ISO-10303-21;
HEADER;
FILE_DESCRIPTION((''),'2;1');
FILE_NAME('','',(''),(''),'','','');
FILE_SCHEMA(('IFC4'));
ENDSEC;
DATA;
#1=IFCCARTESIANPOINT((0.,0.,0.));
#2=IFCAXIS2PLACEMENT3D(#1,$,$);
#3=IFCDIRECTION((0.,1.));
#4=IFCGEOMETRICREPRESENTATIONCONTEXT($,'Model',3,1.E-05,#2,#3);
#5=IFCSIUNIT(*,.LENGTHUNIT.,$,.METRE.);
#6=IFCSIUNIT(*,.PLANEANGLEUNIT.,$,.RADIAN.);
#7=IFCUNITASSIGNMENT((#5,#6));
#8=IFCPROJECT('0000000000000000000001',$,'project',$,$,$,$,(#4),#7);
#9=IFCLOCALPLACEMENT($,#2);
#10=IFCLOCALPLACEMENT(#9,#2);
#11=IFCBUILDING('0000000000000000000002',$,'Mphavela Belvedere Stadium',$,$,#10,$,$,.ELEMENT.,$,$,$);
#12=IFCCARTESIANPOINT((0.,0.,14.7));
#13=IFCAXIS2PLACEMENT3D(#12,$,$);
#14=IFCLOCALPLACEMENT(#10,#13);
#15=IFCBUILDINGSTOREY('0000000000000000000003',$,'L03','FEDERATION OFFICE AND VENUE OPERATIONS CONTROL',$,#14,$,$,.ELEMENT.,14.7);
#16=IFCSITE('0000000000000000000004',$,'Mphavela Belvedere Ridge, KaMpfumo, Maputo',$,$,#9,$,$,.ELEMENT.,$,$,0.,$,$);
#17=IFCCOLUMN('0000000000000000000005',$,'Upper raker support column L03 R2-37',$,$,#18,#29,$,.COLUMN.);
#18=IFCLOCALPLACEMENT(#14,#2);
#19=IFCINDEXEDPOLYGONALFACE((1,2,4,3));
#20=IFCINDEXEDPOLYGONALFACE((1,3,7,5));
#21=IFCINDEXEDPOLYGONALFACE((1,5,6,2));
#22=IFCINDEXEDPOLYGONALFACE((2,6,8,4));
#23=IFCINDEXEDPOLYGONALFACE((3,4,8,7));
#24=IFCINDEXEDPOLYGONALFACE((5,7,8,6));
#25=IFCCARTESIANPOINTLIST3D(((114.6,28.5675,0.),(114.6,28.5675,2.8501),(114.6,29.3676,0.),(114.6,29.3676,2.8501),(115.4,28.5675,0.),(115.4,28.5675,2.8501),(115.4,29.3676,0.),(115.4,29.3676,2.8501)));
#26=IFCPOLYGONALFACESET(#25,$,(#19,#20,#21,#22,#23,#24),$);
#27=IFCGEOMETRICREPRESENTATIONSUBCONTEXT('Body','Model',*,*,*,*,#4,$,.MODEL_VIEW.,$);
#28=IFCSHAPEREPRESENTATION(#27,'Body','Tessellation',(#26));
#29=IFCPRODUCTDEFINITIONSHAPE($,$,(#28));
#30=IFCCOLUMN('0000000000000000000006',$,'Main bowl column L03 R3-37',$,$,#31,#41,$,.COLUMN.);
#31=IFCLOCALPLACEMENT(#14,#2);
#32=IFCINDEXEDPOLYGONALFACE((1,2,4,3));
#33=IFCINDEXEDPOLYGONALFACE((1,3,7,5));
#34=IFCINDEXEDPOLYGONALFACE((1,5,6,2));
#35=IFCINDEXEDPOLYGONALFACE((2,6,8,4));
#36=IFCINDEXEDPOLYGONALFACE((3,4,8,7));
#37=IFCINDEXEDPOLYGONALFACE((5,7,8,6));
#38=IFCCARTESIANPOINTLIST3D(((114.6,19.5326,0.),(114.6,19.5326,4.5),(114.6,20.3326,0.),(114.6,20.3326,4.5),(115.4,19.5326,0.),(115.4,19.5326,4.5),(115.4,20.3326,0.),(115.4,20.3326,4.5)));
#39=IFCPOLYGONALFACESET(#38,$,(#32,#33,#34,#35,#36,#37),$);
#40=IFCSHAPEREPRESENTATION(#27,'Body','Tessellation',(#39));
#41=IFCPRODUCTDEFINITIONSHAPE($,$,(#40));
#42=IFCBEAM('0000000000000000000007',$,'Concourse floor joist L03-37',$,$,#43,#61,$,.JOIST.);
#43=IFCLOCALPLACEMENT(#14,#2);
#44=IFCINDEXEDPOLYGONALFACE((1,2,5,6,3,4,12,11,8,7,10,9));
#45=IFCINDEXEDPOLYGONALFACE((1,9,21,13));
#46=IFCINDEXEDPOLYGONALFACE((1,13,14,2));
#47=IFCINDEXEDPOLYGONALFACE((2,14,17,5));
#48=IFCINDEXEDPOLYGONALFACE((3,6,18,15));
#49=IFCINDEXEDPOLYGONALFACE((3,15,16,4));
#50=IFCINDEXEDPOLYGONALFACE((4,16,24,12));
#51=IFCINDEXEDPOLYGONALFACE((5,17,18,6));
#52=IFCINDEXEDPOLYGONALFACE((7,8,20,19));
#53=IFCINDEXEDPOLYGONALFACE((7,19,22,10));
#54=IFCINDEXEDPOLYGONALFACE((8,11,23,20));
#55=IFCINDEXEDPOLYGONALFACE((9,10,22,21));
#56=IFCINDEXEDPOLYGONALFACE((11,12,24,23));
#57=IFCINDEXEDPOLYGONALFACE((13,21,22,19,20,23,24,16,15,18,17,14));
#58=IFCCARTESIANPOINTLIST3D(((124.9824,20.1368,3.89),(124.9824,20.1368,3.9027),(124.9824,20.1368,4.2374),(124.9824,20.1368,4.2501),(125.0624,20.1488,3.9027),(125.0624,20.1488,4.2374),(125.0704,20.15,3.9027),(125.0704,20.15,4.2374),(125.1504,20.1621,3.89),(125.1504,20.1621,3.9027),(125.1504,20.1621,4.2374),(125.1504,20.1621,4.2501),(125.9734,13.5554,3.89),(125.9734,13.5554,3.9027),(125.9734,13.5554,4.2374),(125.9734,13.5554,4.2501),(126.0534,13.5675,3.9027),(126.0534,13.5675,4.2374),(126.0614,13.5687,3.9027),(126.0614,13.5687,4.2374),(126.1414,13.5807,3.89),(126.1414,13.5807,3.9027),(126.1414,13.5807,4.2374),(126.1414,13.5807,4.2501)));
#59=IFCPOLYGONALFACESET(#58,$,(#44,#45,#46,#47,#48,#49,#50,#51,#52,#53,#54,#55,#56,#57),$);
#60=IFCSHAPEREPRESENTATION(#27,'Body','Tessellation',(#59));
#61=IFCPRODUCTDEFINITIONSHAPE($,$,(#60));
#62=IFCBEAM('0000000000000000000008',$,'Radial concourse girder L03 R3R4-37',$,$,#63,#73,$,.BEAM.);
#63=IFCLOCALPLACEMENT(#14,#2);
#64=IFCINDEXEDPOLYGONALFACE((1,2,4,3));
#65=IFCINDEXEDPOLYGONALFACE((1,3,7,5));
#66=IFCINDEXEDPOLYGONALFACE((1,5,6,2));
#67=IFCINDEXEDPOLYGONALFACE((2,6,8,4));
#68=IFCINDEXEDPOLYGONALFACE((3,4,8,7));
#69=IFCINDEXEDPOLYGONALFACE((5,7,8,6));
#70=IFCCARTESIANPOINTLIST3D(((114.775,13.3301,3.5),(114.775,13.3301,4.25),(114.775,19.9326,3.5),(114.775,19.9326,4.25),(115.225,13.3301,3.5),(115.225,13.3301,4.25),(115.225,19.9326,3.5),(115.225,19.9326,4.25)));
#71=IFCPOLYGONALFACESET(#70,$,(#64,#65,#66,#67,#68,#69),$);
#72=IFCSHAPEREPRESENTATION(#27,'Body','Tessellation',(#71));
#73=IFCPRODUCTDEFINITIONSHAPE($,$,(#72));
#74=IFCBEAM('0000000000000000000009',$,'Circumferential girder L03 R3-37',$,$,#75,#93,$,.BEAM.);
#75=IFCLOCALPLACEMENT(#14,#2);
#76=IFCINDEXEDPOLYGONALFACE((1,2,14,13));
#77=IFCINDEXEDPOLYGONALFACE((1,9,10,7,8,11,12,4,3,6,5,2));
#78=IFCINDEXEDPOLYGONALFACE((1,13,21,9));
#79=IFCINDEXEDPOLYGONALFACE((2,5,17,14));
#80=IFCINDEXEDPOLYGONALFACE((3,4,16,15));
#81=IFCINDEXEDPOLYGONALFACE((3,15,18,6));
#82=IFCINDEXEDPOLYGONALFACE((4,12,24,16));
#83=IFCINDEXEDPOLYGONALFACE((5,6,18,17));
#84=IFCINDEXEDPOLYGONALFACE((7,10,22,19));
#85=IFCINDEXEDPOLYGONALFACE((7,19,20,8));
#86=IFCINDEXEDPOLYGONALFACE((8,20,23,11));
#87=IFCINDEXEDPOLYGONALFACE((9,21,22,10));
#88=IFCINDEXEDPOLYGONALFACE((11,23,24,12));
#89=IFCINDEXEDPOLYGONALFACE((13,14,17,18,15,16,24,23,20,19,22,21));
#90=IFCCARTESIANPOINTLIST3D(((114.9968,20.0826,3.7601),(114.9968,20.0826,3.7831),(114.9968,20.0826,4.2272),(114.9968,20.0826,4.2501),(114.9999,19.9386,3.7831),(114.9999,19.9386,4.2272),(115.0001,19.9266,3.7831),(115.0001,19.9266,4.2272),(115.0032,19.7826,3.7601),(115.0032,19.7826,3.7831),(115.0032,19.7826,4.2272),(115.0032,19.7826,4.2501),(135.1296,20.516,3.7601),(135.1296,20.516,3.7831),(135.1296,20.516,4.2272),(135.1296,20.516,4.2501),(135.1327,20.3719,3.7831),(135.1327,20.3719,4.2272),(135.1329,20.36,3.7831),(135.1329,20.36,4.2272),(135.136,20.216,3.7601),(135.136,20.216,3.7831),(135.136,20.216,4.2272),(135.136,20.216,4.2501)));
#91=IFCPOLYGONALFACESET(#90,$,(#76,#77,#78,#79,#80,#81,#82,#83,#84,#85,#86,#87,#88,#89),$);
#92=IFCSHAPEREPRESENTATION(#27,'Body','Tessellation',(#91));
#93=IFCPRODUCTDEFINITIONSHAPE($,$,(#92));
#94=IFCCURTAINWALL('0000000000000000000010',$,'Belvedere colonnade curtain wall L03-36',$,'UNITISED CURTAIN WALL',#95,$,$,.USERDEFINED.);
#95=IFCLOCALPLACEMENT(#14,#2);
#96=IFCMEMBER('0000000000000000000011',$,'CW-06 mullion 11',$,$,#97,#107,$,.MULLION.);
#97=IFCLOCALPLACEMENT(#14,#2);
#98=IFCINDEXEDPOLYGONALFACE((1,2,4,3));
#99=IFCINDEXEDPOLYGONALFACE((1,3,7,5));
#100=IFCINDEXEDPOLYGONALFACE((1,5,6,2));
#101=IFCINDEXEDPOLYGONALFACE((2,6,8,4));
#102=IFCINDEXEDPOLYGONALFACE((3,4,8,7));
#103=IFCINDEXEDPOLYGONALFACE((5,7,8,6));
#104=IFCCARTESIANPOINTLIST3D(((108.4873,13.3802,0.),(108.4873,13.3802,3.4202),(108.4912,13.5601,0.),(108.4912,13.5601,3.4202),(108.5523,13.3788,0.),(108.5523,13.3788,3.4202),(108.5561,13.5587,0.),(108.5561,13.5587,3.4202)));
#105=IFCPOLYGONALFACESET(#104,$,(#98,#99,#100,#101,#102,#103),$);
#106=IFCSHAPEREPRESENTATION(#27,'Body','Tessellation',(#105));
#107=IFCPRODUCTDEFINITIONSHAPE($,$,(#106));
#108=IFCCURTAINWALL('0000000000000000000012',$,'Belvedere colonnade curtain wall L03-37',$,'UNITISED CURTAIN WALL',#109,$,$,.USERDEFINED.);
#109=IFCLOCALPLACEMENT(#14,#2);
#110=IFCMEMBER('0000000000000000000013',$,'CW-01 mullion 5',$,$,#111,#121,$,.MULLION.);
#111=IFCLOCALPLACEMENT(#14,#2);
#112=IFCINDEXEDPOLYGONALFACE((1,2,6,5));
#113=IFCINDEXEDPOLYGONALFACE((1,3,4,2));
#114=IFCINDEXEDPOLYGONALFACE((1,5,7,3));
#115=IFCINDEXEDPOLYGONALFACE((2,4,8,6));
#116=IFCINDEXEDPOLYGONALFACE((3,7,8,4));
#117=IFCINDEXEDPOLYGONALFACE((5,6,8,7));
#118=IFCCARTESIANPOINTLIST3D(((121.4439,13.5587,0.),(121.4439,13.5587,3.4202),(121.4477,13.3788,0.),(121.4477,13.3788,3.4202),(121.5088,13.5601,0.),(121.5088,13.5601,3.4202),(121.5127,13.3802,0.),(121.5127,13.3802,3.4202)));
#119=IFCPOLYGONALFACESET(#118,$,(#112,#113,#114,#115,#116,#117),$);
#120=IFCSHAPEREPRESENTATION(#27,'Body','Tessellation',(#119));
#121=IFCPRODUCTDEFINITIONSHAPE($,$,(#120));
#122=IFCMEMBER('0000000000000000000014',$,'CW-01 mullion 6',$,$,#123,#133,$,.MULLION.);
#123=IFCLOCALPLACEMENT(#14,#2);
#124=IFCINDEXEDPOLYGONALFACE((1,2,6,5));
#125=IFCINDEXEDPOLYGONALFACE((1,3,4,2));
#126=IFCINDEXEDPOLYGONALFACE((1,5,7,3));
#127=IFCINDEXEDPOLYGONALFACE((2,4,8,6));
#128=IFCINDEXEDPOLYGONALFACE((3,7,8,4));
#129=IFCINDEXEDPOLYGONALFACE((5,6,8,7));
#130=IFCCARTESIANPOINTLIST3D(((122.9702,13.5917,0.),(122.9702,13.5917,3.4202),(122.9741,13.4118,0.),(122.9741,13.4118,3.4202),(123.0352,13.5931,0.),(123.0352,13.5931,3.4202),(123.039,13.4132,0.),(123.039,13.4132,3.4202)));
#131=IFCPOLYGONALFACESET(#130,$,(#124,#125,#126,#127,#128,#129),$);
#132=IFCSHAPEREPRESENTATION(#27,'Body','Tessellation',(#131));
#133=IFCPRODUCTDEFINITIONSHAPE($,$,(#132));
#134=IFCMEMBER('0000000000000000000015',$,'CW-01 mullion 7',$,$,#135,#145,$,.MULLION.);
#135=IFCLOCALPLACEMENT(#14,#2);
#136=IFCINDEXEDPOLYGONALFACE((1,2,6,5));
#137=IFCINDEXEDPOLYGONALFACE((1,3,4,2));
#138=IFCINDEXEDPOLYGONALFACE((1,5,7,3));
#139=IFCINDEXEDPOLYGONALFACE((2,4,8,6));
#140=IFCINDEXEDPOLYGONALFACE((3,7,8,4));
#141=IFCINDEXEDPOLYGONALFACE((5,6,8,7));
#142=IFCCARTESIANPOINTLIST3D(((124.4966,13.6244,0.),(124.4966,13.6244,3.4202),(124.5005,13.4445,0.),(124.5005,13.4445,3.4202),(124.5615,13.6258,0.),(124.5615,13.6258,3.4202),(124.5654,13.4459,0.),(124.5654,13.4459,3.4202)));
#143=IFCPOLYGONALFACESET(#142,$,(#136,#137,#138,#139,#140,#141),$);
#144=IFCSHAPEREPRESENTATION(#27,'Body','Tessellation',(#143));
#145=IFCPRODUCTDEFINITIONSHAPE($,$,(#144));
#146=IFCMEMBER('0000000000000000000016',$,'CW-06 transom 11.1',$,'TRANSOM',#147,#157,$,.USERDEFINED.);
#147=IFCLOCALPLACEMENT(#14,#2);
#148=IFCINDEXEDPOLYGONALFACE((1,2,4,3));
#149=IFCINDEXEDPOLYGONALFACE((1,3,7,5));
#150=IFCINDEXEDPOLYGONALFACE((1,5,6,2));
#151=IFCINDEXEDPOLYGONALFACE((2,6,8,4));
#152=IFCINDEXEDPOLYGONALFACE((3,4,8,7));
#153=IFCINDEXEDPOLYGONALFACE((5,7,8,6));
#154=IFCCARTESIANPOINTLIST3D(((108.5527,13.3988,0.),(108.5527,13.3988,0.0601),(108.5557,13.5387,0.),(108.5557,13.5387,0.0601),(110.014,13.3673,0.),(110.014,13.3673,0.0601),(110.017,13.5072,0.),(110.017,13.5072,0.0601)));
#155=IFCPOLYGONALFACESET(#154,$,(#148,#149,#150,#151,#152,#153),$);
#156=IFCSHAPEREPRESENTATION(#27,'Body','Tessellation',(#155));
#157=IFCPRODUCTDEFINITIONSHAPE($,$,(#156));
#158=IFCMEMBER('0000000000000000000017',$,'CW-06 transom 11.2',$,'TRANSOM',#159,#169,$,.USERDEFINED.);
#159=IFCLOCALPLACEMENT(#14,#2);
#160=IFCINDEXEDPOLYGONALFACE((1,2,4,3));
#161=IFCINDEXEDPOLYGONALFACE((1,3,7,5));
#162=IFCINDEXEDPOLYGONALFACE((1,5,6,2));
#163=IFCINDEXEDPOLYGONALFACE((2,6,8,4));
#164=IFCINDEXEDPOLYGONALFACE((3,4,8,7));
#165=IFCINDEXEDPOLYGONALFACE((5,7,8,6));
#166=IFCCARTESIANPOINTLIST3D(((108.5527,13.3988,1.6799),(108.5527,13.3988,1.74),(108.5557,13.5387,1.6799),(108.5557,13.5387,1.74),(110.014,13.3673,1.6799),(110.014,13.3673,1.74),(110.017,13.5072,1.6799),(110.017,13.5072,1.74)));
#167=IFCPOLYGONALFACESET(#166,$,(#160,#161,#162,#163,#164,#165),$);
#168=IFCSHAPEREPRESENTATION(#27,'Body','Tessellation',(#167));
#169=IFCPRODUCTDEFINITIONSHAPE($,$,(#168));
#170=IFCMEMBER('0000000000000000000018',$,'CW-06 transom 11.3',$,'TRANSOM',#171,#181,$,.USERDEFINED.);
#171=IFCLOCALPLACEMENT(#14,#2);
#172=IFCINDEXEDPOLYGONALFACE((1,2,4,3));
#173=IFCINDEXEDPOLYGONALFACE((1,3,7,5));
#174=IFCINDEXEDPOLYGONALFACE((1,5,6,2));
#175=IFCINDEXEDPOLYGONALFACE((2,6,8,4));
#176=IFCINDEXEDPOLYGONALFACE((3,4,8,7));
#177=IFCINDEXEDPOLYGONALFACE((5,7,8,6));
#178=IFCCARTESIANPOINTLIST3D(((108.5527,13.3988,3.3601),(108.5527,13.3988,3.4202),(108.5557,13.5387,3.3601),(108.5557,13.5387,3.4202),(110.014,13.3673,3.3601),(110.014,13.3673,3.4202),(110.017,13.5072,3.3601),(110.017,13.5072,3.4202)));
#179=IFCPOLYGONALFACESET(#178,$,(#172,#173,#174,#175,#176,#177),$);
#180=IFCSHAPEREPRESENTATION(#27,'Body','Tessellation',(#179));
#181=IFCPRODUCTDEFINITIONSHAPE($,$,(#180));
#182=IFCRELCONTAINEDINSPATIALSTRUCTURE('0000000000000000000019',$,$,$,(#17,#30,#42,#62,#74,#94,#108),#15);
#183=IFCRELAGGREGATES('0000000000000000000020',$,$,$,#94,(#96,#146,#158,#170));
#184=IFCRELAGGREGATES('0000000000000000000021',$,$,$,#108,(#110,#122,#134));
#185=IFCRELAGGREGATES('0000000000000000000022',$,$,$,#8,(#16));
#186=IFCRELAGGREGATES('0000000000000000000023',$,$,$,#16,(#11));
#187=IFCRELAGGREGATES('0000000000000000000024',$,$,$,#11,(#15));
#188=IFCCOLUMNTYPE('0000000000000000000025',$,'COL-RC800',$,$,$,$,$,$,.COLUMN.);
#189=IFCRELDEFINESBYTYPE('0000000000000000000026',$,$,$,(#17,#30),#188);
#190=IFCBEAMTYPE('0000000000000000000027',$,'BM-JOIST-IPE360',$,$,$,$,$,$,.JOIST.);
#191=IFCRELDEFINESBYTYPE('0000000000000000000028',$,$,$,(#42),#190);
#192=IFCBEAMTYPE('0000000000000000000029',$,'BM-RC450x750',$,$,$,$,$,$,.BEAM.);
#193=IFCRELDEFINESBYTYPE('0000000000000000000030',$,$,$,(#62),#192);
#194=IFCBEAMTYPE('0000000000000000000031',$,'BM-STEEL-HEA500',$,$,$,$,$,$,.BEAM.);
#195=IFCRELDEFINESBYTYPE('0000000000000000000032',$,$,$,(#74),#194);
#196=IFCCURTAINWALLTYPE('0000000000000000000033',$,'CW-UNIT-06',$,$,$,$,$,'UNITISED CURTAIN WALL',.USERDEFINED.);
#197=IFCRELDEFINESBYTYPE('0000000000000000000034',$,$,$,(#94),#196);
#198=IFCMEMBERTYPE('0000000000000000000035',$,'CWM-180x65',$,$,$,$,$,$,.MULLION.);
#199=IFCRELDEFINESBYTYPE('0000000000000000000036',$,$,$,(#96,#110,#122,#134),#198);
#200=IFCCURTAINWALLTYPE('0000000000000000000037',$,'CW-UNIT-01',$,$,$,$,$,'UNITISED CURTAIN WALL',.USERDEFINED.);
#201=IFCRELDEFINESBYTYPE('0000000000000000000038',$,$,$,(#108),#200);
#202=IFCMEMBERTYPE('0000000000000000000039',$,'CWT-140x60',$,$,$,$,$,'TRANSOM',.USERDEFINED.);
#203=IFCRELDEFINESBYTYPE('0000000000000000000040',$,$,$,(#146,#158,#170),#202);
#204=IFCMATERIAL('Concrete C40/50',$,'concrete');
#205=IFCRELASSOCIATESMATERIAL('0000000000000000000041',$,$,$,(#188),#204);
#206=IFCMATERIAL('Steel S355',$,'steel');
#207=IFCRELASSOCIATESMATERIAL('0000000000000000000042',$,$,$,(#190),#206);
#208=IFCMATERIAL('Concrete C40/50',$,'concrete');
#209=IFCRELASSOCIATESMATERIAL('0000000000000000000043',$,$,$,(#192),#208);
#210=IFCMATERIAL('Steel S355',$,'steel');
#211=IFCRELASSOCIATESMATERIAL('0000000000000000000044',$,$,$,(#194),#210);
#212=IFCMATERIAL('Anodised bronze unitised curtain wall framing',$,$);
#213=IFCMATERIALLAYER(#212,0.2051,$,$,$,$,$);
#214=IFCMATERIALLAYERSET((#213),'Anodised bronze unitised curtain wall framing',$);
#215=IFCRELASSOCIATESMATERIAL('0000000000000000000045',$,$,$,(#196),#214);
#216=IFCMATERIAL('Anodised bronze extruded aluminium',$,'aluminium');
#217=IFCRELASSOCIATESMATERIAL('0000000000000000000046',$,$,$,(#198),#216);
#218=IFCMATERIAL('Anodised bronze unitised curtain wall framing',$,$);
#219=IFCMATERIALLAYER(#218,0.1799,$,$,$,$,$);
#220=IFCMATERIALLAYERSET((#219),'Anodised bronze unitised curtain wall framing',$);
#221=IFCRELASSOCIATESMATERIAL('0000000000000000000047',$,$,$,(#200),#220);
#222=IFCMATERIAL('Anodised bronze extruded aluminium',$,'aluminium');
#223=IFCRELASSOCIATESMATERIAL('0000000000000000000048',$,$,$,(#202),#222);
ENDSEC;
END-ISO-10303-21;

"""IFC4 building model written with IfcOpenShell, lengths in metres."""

from ifc_helpers import new_model, si_unit, direction, frame, origin, origin_2d, place, context, subcontext, project, spatial, rectangle, i_section, extrude, material, layer, layer_set, material_profile, profile_set, type_object, element, aggregate, save


model = new_model("IFC4")

# Units and contexts
model_context = context("Model", 3, precision=1e-05, world=origin(), true_north=direction((0.0, 1.0)))
body_context = subcontext(model_context, "Body", "Model", "MODEL_VIEW")
ifc_project = project(units=[si_unit("LENGTHUNIT", "METRE"), si_unit("PLANEANGLEUNIT", "RADIAN")], contexts=[model_context])

# Site, building, storey
site_placement = place(None, origin())
site = spatial("IfcSite", under=ifc_project, at=site_placement, Name="Mphavela Belvedere Ridge, KaMpfumo, Maputo", CompositionType="ELEMENT", RefElevation=0.0)
building_placement = place(site_placement, origin())
building = spatial("IfcBuilding", under=site, at=building_placement, Name="Mphavela Belvedere Stadium", CompositionType="ELEMENT")
storey_placement = place(building_placement, frame((0.0, 0.0, 14.7)))
storey = spatial("IfcBuildingStorey", under=building, at=storey_placement, Name="L03", Description="FEDERATION OFFICE AND VENUE OPERATIONS CONTROL", CompositionType="ELEMENT", Elevation=14.7)

# Columns
ifc_material_1 = material(Name="Concrete C40/50", Category="concrete")
ifc_material_profile_1 = material_profile(ifc_material_1, rectangle(XDim=0.8, YDim=0.8, at=origin_2d()), Name="RC 800x800")
ifc_profile_set_1 = profile_set([ifc_material_profile_1], Name="Concrete C40/50")
column_type = type_object("IfcColumnType", Name="COL-RC800", PredefinedType="COLUMN", material=ifc_profile_set_1)
column_1_placement = place(storey_placement, frame((115.0, 28.9675, 0.0), z_axis=(0.0, 0.0, 1.0), x_axis=(0.0, -1.0, 0.0)))
element("IfcColumn", 1, at=column_1_placement, inside=storey, type_object=column_type, Name="Upper raker support column L03 R2-37", PredefinedType="COLUMN", context=body_context, shape_type="SweptSolid", body=[
    extrude(rectangle(XDim=0.8, YDim=0.8, at=origin_2d()), origin(), (0.0, 0.0, 1.0), 2.8501),
])
column_2_placement = place(storey_placement, frame((115.0, 19.9326, 0.0), z_axis=(0.0, 0.0, 1.0), x_axis=(0.0, -1.0, 0.0)))
element("IfcColumn", 2, at=column_2_placement, inside=storey, type_object=column_type, Name="Main bowl column L03 R3-37", PredefinedType="COLUMN", context=body_context, shape_type="SweptSolid", body=[
    extrude(rectangle(XDim=0.8, YDim=0.8, at=origin_2d()), origin(), (0.0, 0.0, 1.0), 4.5),
])

# Beams
ifc_material_2 = material(Name="Steel S355", Category="steel")
ifc_material_profile_2 = material_profile(ifc_material_2, i_section(OverallWidth=0.1699, OverallDepth=0.3601, WebThickness=0.0081, FlangeThickness=0.0127, at=origin_2d()), Name="IPE 360")
ifc_profile_set_2 = profile_set([ifc_material_profile_2], Name="Steel S355")
beam_type_1 = type_object("IfcBeamType", Name="BM-JOIST-IPE360", PredefinedType="JOIST", material=ifc_profile_set_2)
beam_1_placement = place(storey_placement, frame((125.0664, 20.1494, 4.0701), z_axis=(0.148895, -0.988853, 0.0), x_axis=(0.988853, 0.148895, 0.0)))
element("IfcBeam", 3, at=beam_1_placement, inside=storey, type_object=beam_type_1, Name="Concourse floor joist L03-37", PredefinedType="JOIST", context=body_context, shape_type="SweptSolid", body=[
    extrude(i_section(OverallWidth=0.1699, OverallDepth=0.3601, WebThickness=0.0081, FlangeThickness=0.0127, at=origin_2d()), origin(), (0.0, 0.0, 1.0), 6.6555),
])
ifc_material_3 = material(Name="Concrete C40/50", Category="concrete")
ifc_material_profile_3 = material_profile(ifc_material_3, rectangle(XDim=0.45, YDim=0.75, at=origin_2d()), Name="RC 450x750")
ifc_profile_set_3 = profile_set([ifc_material_profile_3], Name="Concrete C40/50")
beam_type_2 = type_object("IfcBeamType", Name="BM-RC450x750", PredefinedType="BEAM", material=ifc_profile_set_3)
beam_2_placement = place(storey_placement, frame((115.0, 19.9326, 3.875), z_axis=(0.0, -1.0, 0.0), x_axis=(1.0, 0.0, 0.0)))
element("IfcBeam", 4, at=beam_2_placement, inside=storey, type_object=beam_type_2, Name="Radial concourse girder L03 R3R4-37", PredefinedType="BEAM", context=body_context, shape_type="SweptSolid", body=[
    extrude(rectangle(XDim=0.45, YDim=0.75, at=origin_2d()), origin(), (0.0, 0.0, 1.0), 6.6025),
])
ifc_material_4 = material(Name="Steel S355", Category="steel")
ifc_material_profile_4 = material_profile(ifc_material_4, i_section(OverallWidth=0.3, OverallDepth=0.49, WebThickness=0.012, FlangeThickness=0.0229, at=origin_2d()), Name="HEA 500")
ifc_profile_set_4 = profile_set([ifc_material_profile_4], Name="Steel S355")
beam_type_3 = type_object("IfcBeamType", Name="BM-STEEL-HEA500", PredefinedType="BEAM", material=ifc_profile_set_4)
beam_3_placement = place(storey_placement, frame((115.0, 19.9326, 4.0051), z_axis=(0.999768, 0.02152, 0.0), x_axis=(-0.02152, 0.999768, 0.0)))
element("IfcBeam", 5, at=beam_3_placement, inside=storey, type_object=beam_type_3, Name="Circumferential girder L03 R3-37", PredefinedType="BEAM", context=body_context, shape_type="SweptSolid", body=[
    extrude(i_section(OverallWidth=0.3, OverallDepth=0.49, WebThickness=0.012, FlangeThickness=0.0229, at=origin_2d()), origin(), (0.0, 0.0, 1.0), 20.1375),
])

# Curtain wall, member
ifc_material_5 = material(Name="Anodised bronze unitised curtain wall framing")
ifc_layer_1 = layer(ifc_material_5, 0.2051)
ifc_layer_set_1 = layer_set([ifc_layer_1], Name="Anodised bronze unitised curtain wall framing")
curtain_wall_type_1 = type_object("IfcCurtainWallType", Name="CW-UNIT-06", ElementType="UNITISED CURTAIN WALL", PredefinedType="USERDEFINED", material=ifc_layer_set_1)
curtain_wall_1_placement = place(storey_placement, origin())
curtain_wall_1 = element("IfcCurtainWall", 6, at=curtain_wall_1_placement, inside=storey, type_object=curtain_wall_type_1, Name="Belvedere colonnade curtain wall L03-36", ObjectType="UNITISED CURTAIN WALL", PredefinedType="USERDEFINED")
ifc_material_6 = material(Name="Anodised bronze extruded aluminium", Category="aluminium")
ifc_material_profile_5 = material_profile(ifc_material_6, rectangle(XDim=0.1799, YDim=0.0649, at=origin_2d()), Name="CW-MUL 180x65")
ifc_profile_set_5 = profile_set([ifc_material_profile_5], Name="Anodised bronze extruded aluminium")
member_type_1 = type_object("IfcMemberType", Name="CWM-180x65", PredefinedType="MULLION", material=ifc_profile_set_5)
member_1_placement = place(storey_placement, frame((108.5217, 13.4695, 0.0), z_axis=(0.0, 0.0, 1.0), x_axis=(0.021531, 0.999768, 0.0)))
member_1 = element("IfcMember", 7, at=member_1_placement, type_object=member_type_1, Name="CW-06 mullion 11", PredefinedType="MULLION", context=body_context, shape_type="SweptSolid", body=[
    extrude(rectangle(XDim=0.1799, YDim=0.0649, at=origin_2d()), origin(), (0.0, 0.0, 1.0), 3.4202),
])

# Curtain wall, members
ifc_material_7 = material(Name="Anodised bronze unitised curtain wall framing")
ifc_layer_2 = layer(ifc_material_7, 0.1799)
ifc_layer_set_2 = layer_set([ifc_layer_2], Name="Anodised bronze unitised curtain wall framing")
curtain_wall_type_2 = type_object("IfcCurtainWallType", Name="CW-UNIT-01", ElementType="UNITISED CURTAIN WALL", PredefinedType="USERDEFINED", material=ifc_layer_set_2)
curtain_wall_2_placement = place(storey_placement, origin())
curtain_wall_2 = element("IfcCurtainWall", 8, at=curtain_wall_2_placement, inside=storey, type_object=curtain_wall_type_2, Name="Belvedere colonnade curtain wall L03-37", ObjectType="UNITISED CURTAIN WALL", PredefinedType="USERDEFINED")
member_2_placement = place(storey_placement, frame((121.4783, 13.4695, 0.0), z_axis=(0.0, 0.0, 1.0), x_axis=(-0.021531, 0.999768, 0.0)))
member_2 = element("IfcMember", 9, at=member_2_placement, type_object=member_type_1, Name="CW-01 mullion 5", PredefinedType="MULLION", context=body_context, shape_type="SweptSolid", body=[
    extrude(rectangle(XDim=0.1799, YDim=0.0649, at=origin_2d()), origin(), (0.0, 0.0, 1.0), 3.4202),
])
member_3_placement = place(storey_placement, frame((123.0046, 13.5024, 0.0), z_axis=(0.0, 0.0, 1.0), x_axis=(-0.021531, 0.999768, 0.0)))
member_3 = element("IfcMember", 10, at=member_3_placement, type_object=member_type_1, Name="CW-01 mullion 6", PredefinedType="MULLION", context=body_context, shape_type="SweptSolid", body=[
    extrude(rectangle(XDim=0.1799, YDim=0.0649, at=origin_2d()), origin(), (0.0, 0.0, 1.0), 3.4202),
])
member_4_placement = place(storey_placement, frame((124.531, 13.5352, 0.0), z_axis=(0.0, 0.0, 1.0), x_axis=(-0.021531, 0.999768, 0.0)))
member_4 = element("IfcMember", 11, at=member_4_placement, type_object=member_type_1, Name="CW-01 mullion 7", PredefinedType="MULLION", context=body_context, shape_type="SweptSolid", body=[
    extrude(rectangle(XDim=0.1799, YDim=0.0649, at=origin_2d()), origin(), (0.0, 0.0, 1.0), 3.4202),
])

# Members
ifc_material_8 = material(Name="Anodised bronze extruded aluminium", Category="aluminium")
ifc_material_profile_6 = material_profile(ifc_material_8, rectangle(XDim=0.1399, YDim=0.0601, at=origin_2d()), Name="CW-TRN 140x60")
ifc_profile_set_6 = profile_set([ifc_material_profile_6], Name="Anodised bronze extruded aluminium")
member_type_2 = type_object("IfcMemberType", Name="CWT-140x60", ElementType="TRANSOM", PredefinedType="USERDEFINED", material=ifc_profile_set_6)
member_5_placement = place(storey_placement, frame((108.5542, 13.4688, 0.03), z_axis=(0.999768, -0.021545, 0.0), x_axis=(0.021545, 0.999768, 0.0)))
member_5 = element("IfcMember", 12, at=member_5_placement, type_object=member_type_2, Name="CW-06 transom 11.1", ObjectType="TRANSOM", PredefinedType="USERDEFINED", context=body_context, shape_type="SweptSolid", body=[
    extrude(rectangle(XDim=0.1399, YDim=0.0601, at=origin_2d()), origin(), (0.0, 0.0, 1.0), 1.4617),
])
member_6_placement = place(storey_placement, frame((108.5542, 13.4688, 1.71), z_axis=(0.999768, -0.021545, 0.0), x_axis=(0.021545, 0.999768, 0.0)))
member_6 = element("IfcMember", 13, at=member_6_placement, type_object=member_type_2, Name="CW-06 transom 11.2", ObjectType="TRANSOM", PredefinedType="USERDEFINED", context=body_context, shape_type="SweptSolid", body=[
    extrude(rectangle(XDim=0.1399, YDim=0.0601, at=origin_2d()), origin(), (0.0, 0.0, 1.0), 1.4617),
])
member_7_placement = place(storey_placement, frame((108.5542, 13.4688, 3.3901), z_axis=(0.999768, -0.021545, 0.0), x_axis=(0.021545, 0.999768, 0.0)))
member_7 = element("IfcMember", 14, at=member_7_placement, type_object=member_type_2, Name="CW-06 transom 11.3", ObjectType="TRANSOM", PredefinedType="USERDEFINED", context=body_context, shape_type="SweptSolid", body=[
    extrude(rectangle(XDim=0.1399, YDim=0.0601, at=origin_2d()), origin(), (0.0, 0.0, 1.0), 1.4617),
])
aggregate(curtain_wall_1, [member_1, member_5, member_6, member_7])

aggregate(curtain_wall_2, [member_2, member_3, member_4])

save(model, "model.ifc")
